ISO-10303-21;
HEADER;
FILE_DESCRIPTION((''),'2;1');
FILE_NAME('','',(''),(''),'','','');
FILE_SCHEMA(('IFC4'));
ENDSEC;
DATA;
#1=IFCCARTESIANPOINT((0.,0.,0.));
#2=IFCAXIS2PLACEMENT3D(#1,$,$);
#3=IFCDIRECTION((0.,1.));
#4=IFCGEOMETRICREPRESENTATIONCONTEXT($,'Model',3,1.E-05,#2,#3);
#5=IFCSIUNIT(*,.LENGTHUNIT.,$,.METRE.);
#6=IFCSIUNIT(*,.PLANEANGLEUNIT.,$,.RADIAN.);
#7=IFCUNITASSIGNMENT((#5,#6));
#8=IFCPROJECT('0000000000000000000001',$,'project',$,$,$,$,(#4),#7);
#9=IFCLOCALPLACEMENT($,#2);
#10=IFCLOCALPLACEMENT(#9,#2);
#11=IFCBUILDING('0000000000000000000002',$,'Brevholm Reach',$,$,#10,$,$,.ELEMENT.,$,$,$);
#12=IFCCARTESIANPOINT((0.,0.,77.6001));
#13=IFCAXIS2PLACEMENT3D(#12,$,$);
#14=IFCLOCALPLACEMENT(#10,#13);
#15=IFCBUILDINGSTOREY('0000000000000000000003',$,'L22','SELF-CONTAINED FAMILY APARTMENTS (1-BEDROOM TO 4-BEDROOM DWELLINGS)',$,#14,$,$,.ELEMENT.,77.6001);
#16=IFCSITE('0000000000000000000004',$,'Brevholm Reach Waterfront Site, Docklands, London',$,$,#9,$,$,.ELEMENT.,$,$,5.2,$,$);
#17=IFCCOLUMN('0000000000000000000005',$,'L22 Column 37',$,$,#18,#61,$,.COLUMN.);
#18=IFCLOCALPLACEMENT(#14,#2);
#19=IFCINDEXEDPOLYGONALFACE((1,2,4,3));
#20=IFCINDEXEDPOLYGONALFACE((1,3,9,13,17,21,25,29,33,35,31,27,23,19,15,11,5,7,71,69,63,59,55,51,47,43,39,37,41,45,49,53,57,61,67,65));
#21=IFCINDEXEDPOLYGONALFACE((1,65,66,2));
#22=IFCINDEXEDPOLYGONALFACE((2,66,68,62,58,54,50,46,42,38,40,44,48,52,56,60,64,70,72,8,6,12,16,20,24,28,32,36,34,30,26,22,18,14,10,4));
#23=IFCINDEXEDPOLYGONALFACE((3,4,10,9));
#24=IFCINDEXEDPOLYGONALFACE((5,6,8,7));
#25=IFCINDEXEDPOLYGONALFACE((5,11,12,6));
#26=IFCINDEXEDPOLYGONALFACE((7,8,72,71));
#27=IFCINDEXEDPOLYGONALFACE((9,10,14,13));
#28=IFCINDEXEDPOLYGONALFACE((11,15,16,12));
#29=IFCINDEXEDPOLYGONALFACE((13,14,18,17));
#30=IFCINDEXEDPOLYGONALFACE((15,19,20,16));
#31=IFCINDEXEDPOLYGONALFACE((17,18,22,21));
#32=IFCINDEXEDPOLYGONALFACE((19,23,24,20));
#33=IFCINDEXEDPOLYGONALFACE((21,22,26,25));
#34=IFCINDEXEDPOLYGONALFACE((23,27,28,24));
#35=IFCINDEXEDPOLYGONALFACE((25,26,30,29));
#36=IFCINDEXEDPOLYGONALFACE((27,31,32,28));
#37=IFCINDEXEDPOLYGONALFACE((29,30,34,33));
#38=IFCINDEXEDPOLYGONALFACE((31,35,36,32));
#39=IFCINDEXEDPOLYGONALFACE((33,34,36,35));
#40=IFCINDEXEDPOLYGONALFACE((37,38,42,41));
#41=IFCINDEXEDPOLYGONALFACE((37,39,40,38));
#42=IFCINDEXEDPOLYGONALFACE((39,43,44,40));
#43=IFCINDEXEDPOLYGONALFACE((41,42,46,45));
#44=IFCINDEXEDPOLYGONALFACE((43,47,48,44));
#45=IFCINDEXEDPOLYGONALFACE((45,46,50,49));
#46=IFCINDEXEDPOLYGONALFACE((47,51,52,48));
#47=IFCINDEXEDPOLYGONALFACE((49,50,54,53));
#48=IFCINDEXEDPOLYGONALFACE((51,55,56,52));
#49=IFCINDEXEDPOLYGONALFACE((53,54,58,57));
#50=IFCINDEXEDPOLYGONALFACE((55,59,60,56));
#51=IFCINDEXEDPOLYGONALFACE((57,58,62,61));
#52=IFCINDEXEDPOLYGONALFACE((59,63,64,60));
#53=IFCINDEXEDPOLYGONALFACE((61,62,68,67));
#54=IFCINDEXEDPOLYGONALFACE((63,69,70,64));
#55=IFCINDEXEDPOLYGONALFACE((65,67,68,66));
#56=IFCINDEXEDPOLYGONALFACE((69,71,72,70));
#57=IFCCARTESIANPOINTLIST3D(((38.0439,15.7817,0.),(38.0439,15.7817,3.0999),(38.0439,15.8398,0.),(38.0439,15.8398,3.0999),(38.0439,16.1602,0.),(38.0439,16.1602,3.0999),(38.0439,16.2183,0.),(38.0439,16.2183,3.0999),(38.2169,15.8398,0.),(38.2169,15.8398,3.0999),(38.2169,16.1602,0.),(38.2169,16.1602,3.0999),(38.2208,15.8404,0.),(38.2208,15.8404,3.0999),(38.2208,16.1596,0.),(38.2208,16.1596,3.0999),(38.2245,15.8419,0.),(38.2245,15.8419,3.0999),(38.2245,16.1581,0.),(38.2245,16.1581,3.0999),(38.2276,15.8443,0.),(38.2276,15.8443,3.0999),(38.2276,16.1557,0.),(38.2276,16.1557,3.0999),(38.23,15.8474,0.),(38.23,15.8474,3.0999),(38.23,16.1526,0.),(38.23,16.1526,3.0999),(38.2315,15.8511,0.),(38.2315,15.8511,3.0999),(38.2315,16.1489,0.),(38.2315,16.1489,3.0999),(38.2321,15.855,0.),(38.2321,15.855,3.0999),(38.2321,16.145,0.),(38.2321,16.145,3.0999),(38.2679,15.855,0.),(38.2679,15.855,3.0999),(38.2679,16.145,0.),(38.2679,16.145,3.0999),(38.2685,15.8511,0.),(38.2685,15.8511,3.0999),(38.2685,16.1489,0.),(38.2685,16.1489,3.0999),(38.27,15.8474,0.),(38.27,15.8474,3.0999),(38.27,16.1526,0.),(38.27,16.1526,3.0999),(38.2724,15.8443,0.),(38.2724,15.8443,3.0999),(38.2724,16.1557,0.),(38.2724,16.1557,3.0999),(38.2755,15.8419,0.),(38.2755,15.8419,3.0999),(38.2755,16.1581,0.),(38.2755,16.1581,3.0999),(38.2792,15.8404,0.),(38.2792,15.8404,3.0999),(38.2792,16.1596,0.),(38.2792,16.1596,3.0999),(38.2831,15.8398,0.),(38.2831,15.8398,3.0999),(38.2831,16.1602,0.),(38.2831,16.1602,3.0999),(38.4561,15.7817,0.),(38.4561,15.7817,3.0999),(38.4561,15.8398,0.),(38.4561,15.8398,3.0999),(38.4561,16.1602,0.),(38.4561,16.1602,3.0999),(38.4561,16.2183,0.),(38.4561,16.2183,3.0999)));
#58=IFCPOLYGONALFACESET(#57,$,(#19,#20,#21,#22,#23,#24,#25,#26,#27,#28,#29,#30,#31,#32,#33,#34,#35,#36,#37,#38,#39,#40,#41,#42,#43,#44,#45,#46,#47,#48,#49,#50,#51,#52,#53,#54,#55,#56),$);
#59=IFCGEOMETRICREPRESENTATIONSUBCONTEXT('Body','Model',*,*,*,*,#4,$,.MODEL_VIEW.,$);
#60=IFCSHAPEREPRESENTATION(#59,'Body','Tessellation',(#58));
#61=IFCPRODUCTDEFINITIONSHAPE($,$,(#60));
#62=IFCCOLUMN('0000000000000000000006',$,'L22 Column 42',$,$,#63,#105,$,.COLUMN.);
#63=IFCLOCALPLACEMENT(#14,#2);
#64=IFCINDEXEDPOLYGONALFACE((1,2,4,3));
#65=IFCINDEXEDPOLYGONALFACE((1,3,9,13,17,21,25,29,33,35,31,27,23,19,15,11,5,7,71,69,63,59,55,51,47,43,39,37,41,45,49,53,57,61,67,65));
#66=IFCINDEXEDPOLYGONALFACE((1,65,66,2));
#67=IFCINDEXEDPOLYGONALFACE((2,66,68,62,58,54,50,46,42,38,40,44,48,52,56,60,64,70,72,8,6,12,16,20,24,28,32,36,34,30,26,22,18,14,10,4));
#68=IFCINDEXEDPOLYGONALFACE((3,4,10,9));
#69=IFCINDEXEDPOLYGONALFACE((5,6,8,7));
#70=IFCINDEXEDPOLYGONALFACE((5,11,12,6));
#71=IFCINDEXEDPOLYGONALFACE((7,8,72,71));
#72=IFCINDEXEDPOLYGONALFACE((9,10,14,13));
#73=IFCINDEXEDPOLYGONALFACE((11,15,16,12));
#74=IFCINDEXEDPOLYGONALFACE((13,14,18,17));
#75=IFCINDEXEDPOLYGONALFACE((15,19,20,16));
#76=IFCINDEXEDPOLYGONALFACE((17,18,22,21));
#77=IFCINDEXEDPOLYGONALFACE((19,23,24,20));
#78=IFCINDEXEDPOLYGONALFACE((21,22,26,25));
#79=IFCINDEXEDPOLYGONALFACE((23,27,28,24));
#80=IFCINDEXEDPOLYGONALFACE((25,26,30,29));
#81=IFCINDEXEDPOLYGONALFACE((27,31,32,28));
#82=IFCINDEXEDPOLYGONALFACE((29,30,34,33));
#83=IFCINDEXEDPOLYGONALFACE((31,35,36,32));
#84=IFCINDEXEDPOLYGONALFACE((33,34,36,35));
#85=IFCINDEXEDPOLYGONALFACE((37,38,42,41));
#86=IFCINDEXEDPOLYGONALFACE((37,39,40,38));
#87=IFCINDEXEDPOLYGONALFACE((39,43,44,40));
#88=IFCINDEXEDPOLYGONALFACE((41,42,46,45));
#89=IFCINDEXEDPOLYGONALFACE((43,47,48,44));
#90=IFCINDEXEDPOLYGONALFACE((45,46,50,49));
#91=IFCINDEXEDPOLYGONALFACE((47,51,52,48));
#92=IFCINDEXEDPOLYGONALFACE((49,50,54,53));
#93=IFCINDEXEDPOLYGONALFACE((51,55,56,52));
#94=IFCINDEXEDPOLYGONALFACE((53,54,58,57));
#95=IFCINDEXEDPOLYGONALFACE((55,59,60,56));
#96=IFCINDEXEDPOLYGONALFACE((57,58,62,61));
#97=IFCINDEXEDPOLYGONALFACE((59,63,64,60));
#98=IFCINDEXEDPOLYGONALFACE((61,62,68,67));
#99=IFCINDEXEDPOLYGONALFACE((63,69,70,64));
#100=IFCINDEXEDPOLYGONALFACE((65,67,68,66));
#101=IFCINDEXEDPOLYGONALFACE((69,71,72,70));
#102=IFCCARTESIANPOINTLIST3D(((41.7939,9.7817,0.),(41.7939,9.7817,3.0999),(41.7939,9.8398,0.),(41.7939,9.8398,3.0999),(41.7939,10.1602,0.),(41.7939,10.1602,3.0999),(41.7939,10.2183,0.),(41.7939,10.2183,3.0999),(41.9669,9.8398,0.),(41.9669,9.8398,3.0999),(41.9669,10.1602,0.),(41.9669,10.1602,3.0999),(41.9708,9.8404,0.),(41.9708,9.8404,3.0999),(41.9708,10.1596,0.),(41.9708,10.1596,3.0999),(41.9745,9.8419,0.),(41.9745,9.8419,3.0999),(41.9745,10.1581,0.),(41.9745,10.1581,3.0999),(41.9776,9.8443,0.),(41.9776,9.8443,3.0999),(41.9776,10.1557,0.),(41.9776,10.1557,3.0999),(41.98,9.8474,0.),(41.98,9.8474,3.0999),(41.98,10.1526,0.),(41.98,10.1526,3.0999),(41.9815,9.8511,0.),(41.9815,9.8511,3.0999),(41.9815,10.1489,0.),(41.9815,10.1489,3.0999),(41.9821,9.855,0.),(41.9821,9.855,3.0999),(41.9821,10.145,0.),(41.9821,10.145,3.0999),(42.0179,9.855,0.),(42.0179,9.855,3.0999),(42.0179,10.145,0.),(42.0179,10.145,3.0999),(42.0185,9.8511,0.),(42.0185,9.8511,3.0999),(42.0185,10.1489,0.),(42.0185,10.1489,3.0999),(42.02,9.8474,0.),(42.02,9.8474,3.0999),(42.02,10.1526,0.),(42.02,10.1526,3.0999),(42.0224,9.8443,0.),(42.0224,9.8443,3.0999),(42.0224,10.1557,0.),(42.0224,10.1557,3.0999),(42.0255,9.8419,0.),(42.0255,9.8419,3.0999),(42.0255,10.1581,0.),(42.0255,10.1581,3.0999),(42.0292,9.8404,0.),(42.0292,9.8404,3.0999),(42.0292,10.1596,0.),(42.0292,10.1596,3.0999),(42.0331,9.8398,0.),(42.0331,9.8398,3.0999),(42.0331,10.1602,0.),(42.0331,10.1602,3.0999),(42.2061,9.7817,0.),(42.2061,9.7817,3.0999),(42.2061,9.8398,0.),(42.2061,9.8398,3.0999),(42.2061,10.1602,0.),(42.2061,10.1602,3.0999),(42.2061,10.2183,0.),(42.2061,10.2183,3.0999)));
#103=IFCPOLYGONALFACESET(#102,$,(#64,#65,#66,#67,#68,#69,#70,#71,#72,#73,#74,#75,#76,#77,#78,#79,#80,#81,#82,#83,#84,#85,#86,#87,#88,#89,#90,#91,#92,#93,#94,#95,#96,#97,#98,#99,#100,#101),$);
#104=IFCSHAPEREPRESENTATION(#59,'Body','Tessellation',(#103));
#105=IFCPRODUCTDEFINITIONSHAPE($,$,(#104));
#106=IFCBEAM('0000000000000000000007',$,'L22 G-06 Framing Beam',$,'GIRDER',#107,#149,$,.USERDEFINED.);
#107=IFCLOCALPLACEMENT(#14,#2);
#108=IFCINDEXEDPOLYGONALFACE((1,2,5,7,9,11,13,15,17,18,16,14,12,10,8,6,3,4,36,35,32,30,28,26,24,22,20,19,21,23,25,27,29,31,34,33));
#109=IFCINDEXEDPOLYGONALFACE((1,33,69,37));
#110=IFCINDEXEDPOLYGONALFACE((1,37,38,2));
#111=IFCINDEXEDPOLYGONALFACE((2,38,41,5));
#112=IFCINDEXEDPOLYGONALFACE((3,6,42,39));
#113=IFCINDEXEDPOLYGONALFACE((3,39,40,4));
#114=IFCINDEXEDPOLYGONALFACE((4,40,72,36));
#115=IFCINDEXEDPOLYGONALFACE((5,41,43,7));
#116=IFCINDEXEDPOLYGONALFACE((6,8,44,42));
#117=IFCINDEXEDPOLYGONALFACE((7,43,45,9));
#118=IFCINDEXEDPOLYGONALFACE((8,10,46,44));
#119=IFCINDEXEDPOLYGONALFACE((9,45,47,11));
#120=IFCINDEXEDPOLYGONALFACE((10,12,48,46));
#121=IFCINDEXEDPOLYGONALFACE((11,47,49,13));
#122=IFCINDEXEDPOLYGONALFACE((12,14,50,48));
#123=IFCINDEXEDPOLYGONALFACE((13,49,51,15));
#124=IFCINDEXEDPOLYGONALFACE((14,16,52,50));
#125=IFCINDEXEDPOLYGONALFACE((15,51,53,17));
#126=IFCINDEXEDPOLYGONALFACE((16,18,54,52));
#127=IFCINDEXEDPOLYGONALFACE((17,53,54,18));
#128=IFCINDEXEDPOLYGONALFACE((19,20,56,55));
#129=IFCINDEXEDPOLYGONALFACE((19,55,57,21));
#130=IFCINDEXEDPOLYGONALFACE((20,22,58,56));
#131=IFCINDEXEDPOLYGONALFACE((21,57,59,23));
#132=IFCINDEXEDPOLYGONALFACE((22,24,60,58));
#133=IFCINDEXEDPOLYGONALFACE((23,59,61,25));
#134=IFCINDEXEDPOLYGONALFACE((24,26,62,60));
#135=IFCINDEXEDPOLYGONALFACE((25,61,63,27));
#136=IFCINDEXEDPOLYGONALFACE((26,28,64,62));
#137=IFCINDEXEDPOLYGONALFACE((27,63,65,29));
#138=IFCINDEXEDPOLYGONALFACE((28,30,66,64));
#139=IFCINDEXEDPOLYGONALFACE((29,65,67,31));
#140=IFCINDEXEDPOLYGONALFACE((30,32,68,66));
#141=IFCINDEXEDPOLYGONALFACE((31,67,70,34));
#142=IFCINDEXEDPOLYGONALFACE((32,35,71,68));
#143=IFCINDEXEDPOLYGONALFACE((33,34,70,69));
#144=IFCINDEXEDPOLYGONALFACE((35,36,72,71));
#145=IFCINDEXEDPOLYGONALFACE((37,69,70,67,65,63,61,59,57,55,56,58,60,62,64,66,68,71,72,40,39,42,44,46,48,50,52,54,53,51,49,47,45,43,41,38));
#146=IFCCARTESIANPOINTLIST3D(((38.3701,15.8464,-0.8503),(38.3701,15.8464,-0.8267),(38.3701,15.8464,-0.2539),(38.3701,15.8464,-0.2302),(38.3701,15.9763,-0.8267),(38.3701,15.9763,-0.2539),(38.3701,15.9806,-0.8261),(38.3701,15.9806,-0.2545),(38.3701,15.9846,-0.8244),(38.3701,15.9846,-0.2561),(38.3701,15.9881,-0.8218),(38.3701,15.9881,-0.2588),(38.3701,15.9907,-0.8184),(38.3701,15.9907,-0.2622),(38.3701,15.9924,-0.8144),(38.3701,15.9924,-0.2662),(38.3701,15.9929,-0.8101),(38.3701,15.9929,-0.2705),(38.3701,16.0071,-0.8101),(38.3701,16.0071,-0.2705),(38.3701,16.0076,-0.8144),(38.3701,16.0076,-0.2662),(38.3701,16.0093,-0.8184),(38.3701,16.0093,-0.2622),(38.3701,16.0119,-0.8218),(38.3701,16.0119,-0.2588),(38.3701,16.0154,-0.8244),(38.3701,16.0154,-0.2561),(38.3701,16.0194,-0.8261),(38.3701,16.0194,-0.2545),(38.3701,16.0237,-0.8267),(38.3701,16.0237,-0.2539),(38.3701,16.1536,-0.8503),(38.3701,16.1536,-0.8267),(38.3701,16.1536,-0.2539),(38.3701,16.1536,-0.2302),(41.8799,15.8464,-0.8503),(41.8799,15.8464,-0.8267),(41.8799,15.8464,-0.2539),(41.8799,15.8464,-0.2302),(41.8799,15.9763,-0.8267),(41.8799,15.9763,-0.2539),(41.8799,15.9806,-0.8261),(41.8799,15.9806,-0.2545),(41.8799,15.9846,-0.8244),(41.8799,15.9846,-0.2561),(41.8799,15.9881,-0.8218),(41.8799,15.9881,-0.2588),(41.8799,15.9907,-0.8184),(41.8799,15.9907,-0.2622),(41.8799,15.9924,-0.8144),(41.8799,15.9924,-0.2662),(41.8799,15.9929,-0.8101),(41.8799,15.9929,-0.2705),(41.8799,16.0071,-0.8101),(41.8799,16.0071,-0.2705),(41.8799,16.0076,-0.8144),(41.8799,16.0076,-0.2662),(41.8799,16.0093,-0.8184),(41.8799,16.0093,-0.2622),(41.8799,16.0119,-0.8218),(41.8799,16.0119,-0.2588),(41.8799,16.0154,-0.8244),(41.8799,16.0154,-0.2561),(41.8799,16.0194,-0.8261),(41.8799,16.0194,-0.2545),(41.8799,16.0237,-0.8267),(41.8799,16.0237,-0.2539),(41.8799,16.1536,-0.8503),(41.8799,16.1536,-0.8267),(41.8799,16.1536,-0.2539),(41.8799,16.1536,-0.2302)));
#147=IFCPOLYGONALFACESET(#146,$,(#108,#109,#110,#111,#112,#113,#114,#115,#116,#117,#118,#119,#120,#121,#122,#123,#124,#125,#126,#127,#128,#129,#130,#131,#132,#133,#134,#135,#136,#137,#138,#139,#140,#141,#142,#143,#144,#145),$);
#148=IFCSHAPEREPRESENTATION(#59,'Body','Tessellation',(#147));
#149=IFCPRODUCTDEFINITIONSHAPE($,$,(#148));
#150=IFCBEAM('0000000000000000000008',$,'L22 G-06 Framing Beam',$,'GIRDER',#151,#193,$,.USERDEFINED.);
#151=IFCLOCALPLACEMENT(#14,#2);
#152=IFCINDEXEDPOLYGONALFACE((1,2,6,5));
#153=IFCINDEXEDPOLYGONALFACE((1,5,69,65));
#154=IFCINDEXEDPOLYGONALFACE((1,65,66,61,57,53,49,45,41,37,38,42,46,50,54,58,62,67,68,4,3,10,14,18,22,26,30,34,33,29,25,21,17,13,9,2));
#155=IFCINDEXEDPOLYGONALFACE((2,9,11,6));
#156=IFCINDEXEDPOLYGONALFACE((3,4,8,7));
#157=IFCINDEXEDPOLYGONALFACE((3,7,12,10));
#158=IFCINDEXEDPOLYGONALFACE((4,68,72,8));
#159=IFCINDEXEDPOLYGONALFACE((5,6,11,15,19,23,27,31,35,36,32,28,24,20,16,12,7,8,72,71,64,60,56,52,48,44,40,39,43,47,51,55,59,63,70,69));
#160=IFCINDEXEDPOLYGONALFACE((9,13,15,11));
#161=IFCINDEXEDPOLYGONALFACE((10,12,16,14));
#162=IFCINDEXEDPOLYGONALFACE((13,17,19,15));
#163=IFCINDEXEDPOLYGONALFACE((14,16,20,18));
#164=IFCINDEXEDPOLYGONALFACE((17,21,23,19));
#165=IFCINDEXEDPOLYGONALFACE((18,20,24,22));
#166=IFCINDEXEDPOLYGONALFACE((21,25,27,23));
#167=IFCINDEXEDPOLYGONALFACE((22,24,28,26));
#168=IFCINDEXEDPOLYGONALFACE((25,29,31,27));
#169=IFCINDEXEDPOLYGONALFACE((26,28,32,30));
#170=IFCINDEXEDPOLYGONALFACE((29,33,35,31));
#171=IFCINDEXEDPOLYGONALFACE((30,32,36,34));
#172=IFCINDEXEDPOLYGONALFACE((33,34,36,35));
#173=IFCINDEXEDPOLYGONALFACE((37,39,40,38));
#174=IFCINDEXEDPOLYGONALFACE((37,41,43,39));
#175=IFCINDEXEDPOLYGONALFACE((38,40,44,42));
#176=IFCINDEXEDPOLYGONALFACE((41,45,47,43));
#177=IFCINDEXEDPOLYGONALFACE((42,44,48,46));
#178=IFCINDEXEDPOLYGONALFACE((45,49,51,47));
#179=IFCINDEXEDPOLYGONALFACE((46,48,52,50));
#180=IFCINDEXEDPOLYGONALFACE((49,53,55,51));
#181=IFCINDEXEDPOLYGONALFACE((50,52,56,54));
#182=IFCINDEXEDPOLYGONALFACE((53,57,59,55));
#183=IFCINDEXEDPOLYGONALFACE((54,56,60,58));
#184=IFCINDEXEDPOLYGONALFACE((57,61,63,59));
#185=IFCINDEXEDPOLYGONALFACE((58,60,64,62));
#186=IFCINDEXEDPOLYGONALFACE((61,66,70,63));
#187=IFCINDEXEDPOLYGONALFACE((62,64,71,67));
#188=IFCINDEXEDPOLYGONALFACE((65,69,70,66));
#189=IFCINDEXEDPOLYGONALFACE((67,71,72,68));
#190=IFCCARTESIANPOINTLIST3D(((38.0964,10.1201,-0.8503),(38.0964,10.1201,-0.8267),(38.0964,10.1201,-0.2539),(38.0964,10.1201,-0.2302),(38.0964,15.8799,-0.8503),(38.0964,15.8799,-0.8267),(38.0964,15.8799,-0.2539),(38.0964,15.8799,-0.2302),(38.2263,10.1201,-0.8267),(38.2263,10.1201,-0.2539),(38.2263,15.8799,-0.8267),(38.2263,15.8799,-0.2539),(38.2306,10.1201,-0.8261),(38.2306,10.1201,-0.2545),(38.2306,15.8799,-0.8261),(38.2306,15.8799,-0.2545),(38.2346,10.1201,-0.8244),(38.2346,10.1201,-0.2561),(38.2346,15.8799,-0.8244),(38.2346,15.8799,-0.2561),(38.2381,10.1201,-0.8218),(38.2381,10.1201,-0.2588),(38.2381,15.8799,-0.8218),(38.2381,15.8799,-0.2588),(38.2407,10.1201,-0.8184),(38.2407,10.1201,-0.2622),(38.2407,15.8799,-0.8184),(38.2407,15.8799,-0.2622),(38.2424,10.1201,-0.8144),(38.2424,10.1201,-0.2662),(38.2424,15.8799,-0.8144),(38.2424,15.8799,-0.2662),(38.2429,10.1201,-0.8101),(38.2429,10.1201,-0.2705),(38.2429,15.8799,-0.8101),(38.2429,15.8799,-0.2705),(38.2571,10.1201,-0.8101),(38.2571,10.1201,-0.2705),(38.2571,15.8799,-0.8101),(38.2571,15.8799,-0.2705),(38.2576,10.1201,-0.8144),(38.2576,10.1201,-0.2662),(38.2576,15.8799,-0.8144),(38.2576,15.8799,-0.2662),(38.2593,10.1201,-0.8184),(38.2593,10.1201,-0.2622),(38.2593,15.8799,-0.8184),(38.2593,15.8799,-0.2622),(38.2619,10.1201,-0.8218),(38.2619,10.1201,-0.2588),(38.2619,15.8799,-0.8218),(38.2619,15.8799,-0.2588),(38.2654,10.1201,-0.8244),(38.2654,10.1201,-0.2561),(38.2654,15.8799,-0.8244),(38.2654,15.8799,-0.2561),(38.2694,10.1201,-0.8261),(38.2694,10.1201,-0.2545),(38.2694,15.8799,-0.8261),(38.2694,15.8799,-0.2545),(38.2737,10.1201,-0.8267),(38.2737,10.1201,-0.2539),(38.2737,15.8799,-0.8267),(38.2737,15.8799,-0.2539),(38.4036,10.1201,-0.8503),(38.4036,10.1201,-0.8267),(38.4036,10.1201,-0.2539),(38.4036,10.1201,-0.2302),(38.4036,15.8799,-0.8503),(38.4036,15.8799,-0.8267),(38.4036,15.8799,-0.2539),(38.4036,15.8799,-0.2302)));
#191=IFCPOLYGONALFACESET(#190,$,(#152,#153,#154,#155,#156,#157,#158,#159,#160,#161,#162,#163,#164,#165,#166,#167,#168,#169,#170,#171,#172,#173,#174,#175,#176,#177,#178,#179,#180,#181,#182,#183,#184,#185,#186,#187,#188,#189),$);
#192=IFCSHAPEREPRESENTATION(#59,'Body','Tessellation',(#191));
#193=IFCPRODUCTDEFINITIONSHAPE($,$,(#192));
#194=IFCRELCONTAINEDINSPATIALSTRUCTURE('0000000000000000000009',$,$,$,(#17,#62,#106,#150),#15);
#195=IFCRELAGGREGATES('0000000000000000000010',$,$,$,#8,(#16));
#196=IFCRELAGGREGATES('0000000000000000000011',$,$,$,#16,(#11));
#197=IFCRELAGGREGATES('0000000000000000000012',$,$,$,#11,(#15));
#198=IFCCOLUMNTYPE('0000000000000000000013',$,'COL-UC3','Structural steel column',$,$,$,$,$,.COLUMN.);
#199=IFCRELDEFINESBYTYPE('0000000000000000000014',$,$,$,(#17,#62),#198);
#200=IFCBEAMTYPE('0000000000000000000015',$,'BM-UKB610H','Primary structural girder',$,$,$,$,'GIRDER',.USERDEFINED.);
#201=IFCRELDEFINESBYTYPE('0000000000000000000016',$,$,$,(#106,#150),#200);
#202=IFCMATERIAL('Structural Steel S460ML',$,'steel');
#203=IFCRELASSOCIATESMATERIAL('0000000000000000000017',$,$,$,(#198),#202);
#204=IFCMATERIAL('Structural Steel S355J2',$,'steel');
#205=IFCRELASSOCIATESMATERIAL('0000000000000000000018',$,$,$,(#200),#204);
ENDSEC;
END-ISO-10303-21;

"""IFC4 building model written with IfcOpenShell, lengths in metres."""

from ifc_helpers import new_model, si_unit, direction, frame, origin, origin_2d, place, context, subcontext, project, spatial, i_section, extrude, material, material_profile, profile_set, type_object, element, save


model = new_model("IFC4")

# Units and contexts
model_context = context("Model", 3, precision=1e-05, world=origin(), true_north=direction((0.0, 1.0)))
body_context = subcontext(model_context, "Body", "Model", "MODEL_VIEW")
ifc_project = project(units=[si_unit("LENGTHUNIT", "METRE"), si_unit("PLANEANGLEUNIT", "RADIAN")], contexts=[model_context])

# Site, building, storey
site_placement = place(None, origin())
site = spatial("IfcSite", under=ifc_project, at=site_placement, Name="Brevholm Reach Waterfront Site, Docklands, London", CompositionType="ELEMENT", RefElevation=5.2)
building_placement = place(site_placement, origin())
building = spatial("IfcBuilding", under=site, at=building_placement, Name="Brevholm Reach", CompositionType="ELEMENT")
storey_placement = place(building_placement, frame((0.0, 0.0, 77.6001)))
storey = spatial("IfcBuildingStorey", under=building, at=storey_placement, Name="L22", Description="SELF-CONTAINED FAMILY APARTMENTS (1-BEDROOM TO 4-BEDROOM DWELLINGS)", CompositionType="ELEMENT", Elevation=77.6001)

# Columns
ifc_material_1 = material(Name="Structural Steel S460ML", Category="steel")
ifc_material_profile_1 = material_profile(ifc_material_1, i_section(OverallWidth=0.4121, OverallDepth=0.4365, WebThickness=0.0359, FlangeThickness=0.0581, FilletRadius=0.0151, at=origin_2d()), Name="UKC 356x406x467")
ifc_profile_set_1 = profile_set([ifc_material_profile_1], Name="Structural Steel S460ML")
column_type = type_object("IfcColumnType", Name="COL-UC3", Description="Structural steel column", PredefinedType="COLUMN", material=ifc_profile_set_1)
for number, where, z_axis, x_axis, name in (
    (1, (38.25, 16.0, 0.0), (0.0, 0.0, 1.0), (1.0, 0.0, 0.0), "L22 Column 37"),
    (2, (42.0, 10.0, 0.0), (0.0, 0.0, 1.0), (1.0, 0.0, 0.0), "L22 Column 42"),
):
    element("IfcColumn", number, at=place(storey_placement, frame(where, z_axis=z_axis, x_axis=x_axis)), inside=storey, type_object=column_type, Name=name, PredefinedType="COLUMN", context=body_context, shape_type="SweptSolid", body=[
        extrude(i_section(OverallWidth=0.4121, OverallDepth=0.4365, WebThickness=0.0359, FlangeThickness=0.0581, FilletRadius=0.0151, at=origin_2d()), origin(), (0.0, 0.0, 1.0), 3.0999),
    ])

# Beams
ifc_material_2 = material(Name="Structural Steel S355J2", Category="steel")
ifc_material_profile_2 = material_profile(ifc_material_2, i_section(OverallWidth=0.3071, OverallDepth=0.6201, WebThickness=0.0142, FlangeThickness=0.0237, FilletRadius=0.0166, at=origin_2d()), Name="UKB 610x305x179")
ifc_profile_set_2 = profile_set([ifc_material_profile_2], Name="Structural Steel S355J2")
beam_type = type_object("IfcBeamType", Name="BM-UKB610H", Description="Primary structural girder", ElementType="GIRDER", PredefinedType="USERDEFINED", material=ifc_profile_set_2)
beam_placement = place(storey_placement, frame((38.3701, 16.0, -0.5403), z_axis=(1.0, 0.0, 0.0), x_axis=(0.0, 1.0, 0.0)))
element("IfcBeam", 3, at=beam_placement, inside=storey, type_object=beam_type, Name="L22 G-06 Framing Beam", ObjectType="GIRDER", PredefinedType="USERDEFINED", context=body_context, shape_type="SweptSolid", body=[
    extrude(i_section(OverallWidth=0.3071, OverallDepth=0.6201, WebThickness=0.0142, FlangeThickness=0.0237, FilletRadius=0.0166, at=origin_2d()), origin(), (0.0, 0.0, 1.0), 3.5098),
])
for number, where, z_axis, x_axis, name in (
    (4, (38.25, 10.1201, -0.5403), (0.0, 1.0, 0.0), (-1.0, 0.0, 0.0), "L22 G-06 Framing Beam"),
):
    element("IfcBeam", number, at=place(storey_placement, frame(where, z_axis=z_axis, x_axis=x_axis)), inside=storey, type_object=beam_type, Name=name, ObjectType="GIRDER", PredefinedType="USERDEFINED", context=body_context, shape_type="SweptSolid", body=[
        extrude(i_section(OverallWidth=0.3071, OverallDepth=0.6201, WebThickness=0.0142, FlangeThickness=0.0237, FilletRadius=0.0166, at=origin_2d()), origin(), (0.0, 0.0, 1.0), 5.7598),
    ])

save(model, "model.ifc")
